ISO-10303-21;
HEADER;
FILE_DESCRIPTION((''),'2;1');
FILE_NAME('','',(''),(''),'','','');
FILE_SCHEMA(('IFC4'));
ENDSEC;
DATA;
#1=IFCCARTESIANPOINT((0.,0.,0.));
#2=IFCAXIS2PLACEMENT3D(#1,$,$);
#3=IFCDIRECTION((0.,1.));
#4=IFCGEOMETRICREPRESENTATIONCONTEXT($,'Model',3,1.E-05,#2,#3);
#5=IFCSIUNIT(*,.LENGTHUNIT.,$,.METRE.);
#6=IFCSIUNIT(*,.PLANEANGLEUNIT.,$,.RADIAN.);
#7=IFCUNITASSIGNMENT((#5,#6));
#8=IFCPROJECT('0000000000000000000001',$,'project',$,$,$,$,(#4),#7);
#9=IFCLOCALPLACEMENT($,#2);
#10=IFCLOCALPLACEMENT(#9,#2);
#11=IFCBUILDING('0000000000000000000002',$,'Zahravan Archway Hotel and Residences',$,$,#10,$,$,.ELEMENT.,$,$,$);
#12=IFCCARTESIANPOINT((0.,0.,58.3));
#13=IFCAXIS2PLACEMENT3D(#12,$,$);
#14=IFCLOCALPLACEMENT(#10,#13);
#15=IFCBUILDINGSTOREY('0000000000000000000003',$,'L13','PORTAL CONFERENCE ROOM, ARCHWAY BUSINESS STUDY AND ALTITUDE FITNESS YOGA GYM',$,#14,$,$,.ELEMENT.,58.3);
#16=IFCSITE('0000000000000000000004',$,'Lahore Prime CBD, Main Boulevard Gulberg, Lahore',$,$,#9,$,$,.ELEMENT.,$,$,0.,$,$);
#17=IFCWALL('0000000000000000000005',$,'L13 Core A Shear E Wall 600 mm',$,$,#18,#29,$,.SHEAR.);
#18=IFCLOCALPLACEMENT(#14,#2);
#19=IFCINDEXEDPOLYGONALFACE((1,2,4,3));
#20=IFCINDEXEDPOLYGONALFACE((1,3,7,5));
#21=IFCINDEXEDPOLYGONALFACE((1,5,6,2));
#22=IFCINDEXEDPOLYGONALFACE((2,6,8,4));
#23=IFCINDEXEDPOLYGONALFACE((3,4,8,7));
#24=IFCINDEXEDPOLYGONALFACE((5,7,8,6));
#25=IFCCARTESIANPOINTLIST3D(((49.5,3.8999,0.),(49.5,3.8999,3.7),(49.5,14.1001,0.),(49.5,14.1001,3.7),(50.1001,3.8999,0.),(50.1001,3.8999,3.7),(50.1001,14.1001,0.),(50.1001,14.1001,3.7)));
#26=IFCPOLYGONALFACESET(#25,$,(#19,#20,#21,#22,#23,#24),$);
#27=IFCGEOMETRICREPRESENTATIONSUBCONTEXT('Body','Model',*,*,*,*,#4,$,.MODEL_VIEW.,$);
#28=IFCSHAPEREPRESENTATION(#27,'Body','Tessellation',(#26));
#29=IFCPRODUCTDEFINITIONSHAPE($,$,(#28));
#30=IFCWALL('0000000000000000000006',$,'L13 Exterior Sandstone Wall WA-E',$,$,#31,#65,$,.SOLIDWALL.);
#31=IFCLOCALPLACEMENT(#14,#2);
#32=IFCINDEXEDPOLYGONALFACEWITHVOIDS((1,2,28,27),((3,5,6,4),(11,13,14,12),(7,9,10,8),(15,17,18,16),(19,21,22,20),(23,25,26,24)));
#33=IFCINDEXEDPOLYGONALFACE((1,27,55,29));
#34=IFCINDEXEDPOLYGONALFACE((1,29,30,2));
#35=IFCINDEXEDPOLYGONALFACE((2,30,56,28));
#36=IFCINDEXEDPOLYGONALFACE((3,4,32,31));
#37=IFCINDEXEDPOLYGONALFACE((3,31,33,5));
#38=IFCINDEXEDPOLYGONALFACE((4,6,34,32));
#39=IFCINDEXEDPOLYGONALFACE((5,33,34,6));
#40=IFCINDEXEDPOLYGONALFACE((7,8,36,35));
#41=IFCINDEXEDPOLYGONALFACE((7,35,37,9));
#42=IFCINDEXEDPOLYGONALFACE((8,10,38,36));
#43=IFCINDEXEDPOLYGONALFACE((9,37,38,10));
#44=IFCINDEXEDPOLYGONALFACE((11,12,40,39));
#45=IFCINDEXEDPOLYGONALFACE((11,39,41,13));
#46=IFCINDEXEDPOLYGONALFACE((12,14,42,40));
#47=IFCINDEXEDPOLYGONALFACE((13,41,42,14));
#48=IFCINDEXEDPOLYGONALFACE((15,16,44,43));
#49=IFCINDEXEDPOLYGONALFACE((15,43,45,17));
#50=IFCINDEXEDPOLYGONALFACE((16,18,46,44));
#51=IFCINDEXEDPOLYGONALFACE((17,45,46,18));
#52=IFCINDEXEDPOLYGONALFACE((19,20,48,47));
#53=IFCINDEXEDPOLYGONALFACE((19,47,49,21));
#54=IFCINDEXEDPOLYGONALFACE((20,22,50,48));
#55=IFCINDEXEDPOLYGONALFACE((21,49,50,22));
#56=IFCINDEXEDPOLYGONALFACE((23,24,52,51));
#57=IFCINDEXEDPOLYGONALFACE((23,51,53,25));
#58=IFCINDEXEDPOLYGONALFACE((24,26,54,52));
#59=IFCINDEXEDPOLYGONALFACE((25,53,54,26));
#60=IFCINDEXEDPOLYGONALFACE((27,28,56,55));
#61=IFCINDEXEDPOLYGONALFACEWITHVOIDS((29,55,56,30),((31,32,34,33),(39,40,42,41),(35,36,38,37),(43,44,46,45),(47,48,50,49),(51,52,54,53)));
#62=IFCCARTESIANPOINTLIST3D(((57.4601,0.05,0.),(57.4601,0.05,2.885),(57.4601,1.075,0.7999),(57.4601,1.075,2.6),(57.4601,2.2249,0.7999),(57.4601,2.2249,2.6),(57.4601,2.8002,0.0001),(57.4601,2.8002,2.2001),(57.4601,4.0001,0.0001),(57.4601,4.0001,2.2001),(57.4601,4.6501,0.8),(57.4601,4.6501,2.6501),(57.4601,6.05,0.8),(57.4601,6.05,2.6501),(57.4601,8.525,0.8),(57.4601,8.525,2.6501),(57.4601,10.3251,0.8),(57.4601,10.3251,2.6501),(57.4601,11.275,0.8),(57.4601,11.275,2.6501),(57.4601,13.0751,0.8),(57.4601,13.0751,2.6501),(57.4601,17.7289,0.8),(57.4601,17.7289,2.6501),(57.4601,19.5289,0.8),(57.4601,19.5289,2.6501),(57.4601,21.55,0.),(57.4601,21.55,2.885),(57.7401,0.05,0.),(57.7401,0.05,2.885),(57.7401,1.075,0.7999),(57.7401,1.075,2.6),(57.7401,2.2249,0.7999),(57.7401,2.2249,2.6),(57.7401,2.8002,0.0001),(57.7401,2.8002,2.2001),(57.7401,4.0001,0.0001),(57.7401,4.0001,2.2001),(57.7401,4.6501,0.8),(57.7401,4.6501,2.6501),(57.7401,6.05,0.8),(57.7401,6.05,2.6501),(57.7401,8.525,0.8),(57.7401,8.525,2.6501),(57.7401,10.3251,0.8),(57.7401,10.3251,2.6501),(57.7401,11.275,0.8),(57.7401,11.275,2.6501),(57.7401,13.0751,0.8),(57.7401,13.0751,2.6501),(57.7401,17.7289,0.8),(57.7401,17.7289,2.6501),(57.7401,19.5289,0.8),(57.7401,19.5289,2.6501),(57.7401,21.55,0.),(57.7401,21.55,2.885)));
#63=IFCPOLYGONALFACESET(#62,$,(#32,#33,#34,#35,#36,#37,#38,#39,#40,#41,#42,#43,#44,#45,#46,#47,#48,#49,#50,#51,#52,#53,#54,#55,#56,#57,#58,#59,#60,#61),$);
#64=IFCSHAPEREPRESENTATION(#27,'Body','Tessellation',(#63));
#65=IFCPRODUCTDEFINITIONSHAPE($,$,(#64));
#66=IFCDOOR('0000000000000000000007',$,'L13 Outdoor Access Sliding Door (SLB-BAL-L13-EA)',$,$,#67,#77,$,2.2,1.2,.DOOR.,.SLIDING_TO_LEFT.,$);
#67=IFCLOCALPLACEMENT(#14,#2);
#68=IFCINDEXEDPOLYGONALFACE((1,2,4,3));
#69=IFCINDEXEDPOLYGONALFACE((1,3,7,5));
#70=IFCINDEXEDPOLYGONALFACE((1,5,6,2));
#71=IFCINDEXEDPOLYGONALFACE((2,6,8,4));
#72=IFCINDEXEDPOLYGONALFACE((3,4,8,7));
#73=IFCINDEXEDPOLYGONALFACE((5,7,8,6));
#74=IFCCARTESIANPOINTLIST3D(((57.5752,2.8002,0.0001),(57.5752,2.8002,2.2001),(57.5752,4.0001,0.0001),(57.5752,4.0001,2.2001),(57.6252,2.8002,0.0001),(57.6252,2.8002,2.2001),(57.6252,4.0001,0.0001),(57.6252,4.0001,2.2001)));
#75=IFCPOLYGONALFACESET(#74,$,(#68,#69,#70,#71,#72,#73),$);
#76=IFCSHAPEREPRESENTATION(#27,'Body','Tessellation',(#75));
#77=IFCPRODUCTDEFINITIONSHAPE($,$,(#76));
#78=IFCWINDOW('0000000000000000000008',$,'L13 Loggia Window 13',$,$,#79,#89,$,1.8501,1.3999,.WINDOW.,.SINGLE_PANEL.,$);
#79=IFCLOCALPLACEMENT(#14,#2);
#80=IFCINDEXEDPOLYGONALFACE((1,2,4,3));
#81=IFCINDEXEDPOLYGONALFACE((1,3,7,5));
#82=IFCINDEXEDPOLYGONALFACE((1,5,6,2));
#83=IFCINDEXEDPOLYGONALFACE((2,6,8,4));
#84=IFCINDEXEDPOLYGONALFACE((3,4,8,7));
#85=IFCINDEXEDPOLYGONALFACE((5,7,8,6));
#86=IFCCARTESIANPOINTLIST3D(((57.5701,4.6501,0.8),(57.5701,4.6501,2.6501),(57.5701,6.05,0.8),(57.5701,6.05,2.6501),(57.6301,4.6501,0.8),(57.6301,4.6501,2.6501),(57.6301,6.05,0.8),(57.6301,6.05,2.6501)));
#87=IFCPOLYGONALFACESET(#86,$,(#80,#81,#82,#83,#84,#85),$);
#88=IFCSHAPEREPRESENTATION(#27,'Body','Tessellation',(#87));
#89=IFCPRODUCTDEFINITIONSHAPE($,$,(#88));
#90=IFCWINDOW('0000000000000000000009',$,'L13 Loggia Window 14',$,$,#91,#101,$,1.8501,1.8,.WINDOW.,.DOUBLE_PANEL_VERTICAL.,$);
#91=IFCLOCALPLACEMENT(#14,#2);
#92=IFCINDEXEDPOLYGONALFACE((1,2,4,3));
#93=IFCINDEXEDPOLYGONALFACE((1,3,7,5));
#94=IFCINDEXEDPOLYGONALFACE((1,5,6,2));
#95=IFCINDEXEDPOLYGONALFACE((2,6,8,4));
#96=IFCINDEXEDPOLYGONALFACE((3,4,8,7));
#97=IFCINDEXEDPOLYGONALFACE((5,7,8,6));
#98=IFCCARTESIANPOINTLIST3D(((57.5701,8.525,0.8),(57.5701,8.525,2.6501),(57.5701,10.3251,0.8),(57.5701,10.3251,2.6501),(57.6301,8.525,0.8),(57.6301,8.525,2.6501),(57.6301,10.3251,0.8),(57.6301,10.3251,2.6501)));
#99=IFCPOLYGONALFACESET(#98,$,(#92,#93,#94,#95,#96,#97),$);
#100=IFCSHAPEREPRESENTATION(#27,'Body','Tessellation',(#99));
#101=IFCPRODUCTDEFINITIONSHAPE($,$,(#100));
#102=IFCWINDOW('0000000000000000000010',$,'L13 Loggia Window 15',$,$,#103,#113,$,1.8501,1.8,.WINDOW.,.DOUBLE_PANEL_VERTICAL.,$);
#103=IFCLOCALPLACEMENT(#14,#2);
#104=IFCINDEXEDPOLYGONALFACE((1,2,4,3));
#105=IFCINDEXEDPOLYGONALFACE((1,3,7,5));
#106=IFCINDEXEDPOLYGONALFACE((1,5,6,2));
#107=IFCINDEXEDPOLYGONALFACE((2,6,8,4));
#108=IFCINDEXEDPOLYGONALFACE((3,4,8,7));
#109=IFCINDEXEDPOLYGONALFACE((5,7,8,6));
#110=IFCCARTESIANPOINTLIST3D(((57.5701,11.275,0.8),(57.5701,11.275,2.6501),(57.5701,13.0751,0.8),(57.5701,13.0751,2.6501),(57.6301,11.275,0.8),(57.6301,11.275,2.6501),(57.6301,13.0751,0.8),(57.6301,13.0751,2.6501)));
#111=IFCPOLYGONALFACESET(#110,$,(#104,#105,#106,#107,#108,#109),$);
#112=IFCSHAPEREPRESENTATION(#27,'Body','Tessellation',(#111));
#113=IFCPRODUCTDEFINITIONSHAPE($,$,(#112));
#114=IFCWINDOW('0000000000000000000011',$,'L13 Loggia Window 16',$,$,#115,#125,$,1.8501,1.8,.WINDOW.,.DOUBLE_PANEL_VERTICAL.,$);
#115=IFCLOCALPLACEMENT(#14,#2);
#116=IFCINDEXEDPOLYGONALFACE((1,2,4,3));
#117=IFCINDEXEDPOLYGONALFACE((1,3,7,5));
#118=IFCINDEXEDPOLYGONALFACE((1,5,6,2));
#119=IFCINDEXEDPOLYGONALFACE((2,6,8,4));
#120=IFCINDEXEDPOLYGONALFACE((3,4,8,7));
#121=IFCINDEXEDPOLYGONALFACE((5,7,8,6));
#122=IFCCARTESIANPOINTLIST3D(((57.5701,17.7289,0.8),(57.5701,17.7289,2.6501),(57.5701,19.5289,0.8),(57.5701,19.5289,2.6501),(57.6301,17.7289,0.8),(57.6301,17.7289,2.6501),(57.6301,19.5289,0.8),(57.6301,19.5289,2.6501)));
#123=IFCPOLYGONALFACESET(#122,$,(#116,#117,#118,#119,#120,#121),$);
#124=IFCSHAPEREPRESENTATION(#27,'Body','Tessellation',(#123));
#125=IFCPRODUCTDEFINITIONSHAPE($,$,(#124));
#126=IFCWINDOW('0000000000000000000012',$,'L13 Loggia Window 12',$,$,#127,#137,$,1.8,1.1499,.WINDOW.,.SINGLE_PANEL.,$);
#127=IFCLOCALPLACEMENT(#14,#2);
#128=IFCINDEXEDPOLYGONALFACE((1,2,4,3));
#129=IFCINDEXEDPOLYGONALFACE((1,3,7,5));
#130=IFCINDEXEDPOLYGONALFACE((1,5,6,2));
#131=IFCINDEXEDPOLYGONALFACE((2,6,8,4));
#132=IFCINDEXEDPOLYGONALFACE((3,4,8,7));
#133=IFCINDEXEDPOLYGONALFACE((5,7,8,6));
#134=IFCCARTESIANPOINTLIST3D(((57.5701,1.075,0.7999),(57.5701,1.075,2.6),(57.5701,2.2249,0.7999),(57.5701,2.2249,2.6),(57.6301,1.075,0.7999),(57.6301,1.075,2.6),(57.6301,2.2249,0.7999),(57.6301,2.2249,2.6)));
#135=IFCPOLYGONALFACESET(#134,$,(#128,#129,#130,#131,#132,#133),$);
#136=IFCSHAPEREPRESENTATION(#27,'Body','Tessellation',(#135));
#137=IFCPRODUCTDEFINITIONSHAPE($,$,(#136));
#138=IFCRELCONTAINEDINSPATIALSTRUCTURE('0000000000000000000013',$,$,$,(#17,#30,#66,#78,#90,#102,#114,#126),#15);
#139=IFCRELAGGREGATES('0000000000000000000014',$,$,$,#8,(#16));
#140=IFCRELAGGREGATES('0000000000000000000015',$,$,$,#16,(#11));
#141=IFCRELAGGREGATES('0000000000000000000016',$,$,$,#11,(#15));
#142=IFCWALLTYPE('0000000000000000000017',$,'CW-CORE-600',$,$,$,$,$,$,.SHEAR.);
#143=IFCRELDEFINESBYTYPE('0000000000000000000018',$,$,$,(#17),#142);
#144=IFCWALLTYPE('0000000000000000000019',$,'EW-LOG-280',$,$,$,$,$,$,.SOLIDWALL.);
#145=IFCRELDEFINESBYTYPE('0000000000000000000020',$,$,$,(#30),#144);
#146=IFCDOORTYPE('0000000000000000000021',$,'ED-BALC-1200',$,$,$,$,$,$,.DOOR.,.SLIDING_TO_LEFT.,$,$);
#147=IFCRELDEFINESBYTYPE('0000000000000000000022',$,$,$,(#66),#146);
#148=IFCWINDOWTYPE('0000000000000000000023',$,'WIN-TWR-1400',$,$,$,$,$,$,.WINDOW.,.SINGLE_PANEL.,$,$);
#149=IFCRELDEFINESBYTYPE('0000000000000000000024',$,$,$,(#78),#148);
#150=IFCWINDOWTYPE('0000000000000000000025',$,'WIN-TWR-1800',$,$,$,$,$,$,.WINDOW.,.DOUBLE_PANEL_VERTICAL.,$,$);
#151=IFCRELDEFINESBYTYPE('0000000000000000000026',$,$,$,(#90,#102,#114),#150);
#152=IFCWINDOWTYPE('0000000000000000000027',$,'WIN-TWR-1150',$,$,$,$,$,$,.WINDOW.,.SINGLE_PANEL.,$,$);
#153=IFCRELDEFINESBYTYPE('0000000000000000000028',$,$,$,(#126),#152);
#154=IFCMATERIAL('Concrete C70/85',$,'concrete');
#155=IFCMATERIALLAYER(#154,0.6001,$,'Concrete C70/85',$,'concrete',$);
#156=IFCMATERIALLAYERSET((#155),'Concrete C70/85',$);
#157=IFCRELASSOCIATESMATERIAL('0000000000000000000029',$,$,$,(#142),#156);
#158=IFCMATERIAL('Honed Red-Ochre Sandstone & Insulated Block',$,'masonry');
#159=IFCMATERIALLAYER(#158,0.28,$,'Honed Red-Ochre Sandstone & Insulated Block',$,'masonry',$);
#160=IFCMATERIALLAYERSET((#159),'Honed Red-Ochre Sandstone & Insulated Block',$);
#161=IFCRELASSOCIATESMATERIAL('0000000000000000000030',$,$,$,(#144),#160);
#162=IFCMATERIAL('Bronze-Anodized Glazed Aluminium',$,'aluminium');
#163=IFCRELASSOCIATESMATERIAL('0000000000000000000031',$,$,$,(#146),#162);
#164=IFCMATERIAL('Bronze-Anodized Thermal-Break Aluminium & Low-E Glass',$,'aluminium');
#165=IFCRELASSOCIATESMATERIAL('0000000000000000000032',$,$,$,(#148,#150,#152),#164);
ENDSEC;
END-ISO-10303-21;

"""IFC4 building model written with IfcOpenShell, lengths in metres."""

from ifc_helpers import new_model, si_unit, direction, frame, frame_2d, origin, place, context, subcontext, project, spatial, rectangle, extrude, source, transform, mapped, material, layer, layer_set, type_object, type_shapes, element, fill, save


model = new_model("IFC4")

# Units and contexts
model_context = context("Model", 3, precision=1e-05, world=origin(), true_north=direction((0.0, 1.0)))
body_context = subcontext(model_context, "Body", "Model", "MODEL_VIEW")
ifc_project = project(units=[si_unit("LENGTHUNIT", "METRE"), si_unit("PLANEANGLEUNIT", "RADIAN")], contexts=[model_context])

# Site, building, storey
site_placement = place(None, origin())
site = spatial("IfcSite", under=ifc_project, at=site_placement, Name="Lahore Prime CBD, Main Boulevard Gulberg, Lahore", CompositionType="ELEMENT", RefElevation=0.0)
building_placement = place(site_placement, origin())
building = spatial("IfcBuilding", under=site, at=building_placement, Name="Zahravan Archway Hotel and Residences", CompositionType="ELEMENT")
storey_placement = place(building_placement, frame((0.0, 0.0, 58.3)))
storey = spatial("IfcBuildingStorey", under=building, at=storey_placement, Name="L13", Description="PORTAL CONFERENCE ROOM, ARCHWAY BUSINESS STUDY AND ALTITUDE FITNESS YOGA GYM", CompositionType="ELEMENT", Elevation=58.3)

# Shared definitions
ifc_material_1 = material(Name="Concrete C70/85", Category="concrete")

# Wall
ifc_layer_1 = layer(ifc_material_1, 0.6001, Name="Concrete C70/85", Category="concrete")
ifc_layer_set_1 = layer_set([ifc_layer_1], Name="Concrete C70/85")
wall_type_1 = type_object("IfcWallType", Name="CW-CORE-600", PredefinedType="SHEAR", material=ifc_layer_set_1)
wall_1_placement = place(storey_placement, frame((49.8, 3.8999, 0.0), z_axis=(0.0, 0.0, 1.0), x_axis=(0.0, 1.0, 0.0)))
element("IfcWall", 1, at=wall_1_placement, inside=storey, type_object=wall_type_1, Name="L13 Core A Shear E Wall 600 mm", PredefinedType="SHEAR", context=body_context, shape_type="SweptSolid", body=[
    extrude(rectangle(XDim=10.2002, YDim=0.6001, at=frame_2d((5.1001, 0.0))), origin(), (0.0, 0.0, 1.0), 3.7),
])

# Wall, openings, door, windows
ifc_material_2 = material(Name="Honed Red-Ochre Sandstone & Insulated Block", Category="masonry")
ifc_layer_2 = layer(ifc_material_2, 0.28, Name="Honed Red-Ochre Sandstone & Insulated Block", Category="masonry")
ifc_layer_set_2 = layer_set([ifc_layer_2], Name="Honed Red-Ochre Sandstone & Insulated Block")
wall_type_2 = type_object("IfcWallType", Name="EW-LOG-280", PredefinedType="SOLIDWALL", material=ifc_layer_set_2)
wall_2_placement = place(storey_placement, frame((57.6001, 0.05, 0.0), z_axis=(0.0, 0.0, 1.0), x_axis=(0.0, 1.0, 0.0)))
wall_2 = element("IfcWall", 2, at=wall_2_placement, inside=storey, type_object=wall_type_2, Name="L13 Exterior Sandstone Wall WA-E", PredefinedType="SOLIDWALL", context=body_context, shape_type="SweptSolid", body=[
    extrude(rectangle(XDim=21.5, YDim=0.28, at=frame_2d((10.75, 0.0))), origin(), (0.0, 0.0, 1.0), 2.885),
])
opening_1_placement = place(wall_2_placement, frame((2.75, 0.0, 0.0)))
opening_1 = element("IfcOpeningElement", 3, at=opening_1_placement, cuts=wall_2, PredefinedType="OPENING", context=body_context, shape_type="SweptSolid", body=[
    extrude(rectangle(XDim=1.2, YDim=2.2, at=frame_2d((0.6001, 1.1001))), frame((0.0, 0.1499, 0.0), z_axis=(0.0, -1.0, 0.0), x_axis=(1.0, 0.0, 0.0)), (0.0, 0.0, 1.0), 0.3),
])
opening_2_placement = place(wall_2_placement, frame((1.0249, 0.0, 0.8)))
opening_2 = element("IfcOpeningElement", 4, at=opening_2_placement, cuts=wall_2, PredefinedType="OPENING", context=body_context, shape_type="SweptSolid", body=[
    extrude(rectangle(XDim=1.1499, YDim=1.8, at=frame_2d((0.575, 0.8999))), frame((0.0, 0.1499, 0.0), z_axis=(0.0, -1.0, 0.0), x_axis=(1.0, 0.0, 0.0)), (0.0, 0.0, 1.0), 0.3),
])
opening_3_placement = place(wall_2_placement, frame((4.6001, 0.0, 0.8)))
opening_3 = element("IfcOpeningElement", 5, at=opening_3_placement, cuts=wall_2, PredefinedType="OPENING", context=body_context, shape_type="SweptSolid", body=[
    extrude(rectangle(XDim=1.3999, YDim=1.8501, at=frame_2d((0.7, 0.925))), frame((0.0, 0.1499, 0.0), z_axis=(0.0, -1.0, 0.0), x_axis=(1.0, 0.0, 0.0)), (0.0, 0.0, 1.0), 0.3),
])
opening_4_placement = place(wall_2_placement, frame((8.4751, 0.0, 0.8)))
opening_4 = element("IfcOpeningElement", 6, at=opening_4_placement, cuts=wall_2, PredefinedType="OPENING", context=body_context, shape_type="SweptSolid", body=[
    extrude(rectangle(XDim=1.8, YDim=1.8501, at=frame_2d((0.8999, 0.925))), frame((0.0, 0.1499, 0.0), z_axis=(0.0, -1.0, 0.0), x_axis=(1.0, 0.0, 0.0)), (0.0, 0.0, 1.0), 0.3),
])
opening_5_placement = place(wall_2_placement, frame((11.2251, 0.0, 0.8)))
opening_5 = element("IfcOpeningElement", 7, at=opening_5_placement, cuts=wall_2, PredefinedType="OPENING", context=body_context, shape_type="SweptSolid", body=[
    extrude(rectangle(XDim=1.8, YDim=1.8501, at=frame_2d((0.8999, 0.925))), frame((0.0, 0.1499, 0.0), z_axis=(0.0, -1.0, 0.0), x_axis=(1.0, 0.0, 0.0)), (0.0, 0.0, 1.0), 0.3),
])
opening_6_placement = place(wall_2_placement, frame((17.679, 0.0, 0.8)))
opening_6 = element("IfcOpeningElement", 8, at=opening_6_placement, cuts=wall_2, PredefinedType="OPENING", context=body_context, shape_type="SweptSolid", body=[
    extrude(rectangle(XDim=1.8, YDim=1.8501, at=frame_2d((0.8999, 0.925))), frame((0.0, 0.1499, 0.0), z_axis=(0.0, -1.0, 0.0), x_axis=(1.0, 0.0, 0.0)), (0.0, 0.0, 1.0), 0.3),
])
ifc_material_3 = material(Name="Bronze-Anodized Glazed Aluminium", Category="aluminium")
door_type_1 = type_object("IfcDoorType", Name="ED-BALC-1200", OperationType="SLIDING_TO_LEFT", PredefinedType="DOOR", material=ifc_material_3)
shared_shape_1 = source(origin(), body_context, "Body", "SweptSolid", [
    extrude(rectangle(XDim=1.2, YDim=2.2, at=frame_2d((0.6001, 1.1001))), frame((0.0, 0.0249, 0.0), z_axis=(0.0, -1.0, 0.0), x_axis=(1.0, 0.0, 0.0)), (0.0, 0.0, 1.0), 0.05),
])
type_shapes(door_type_1, [shared_shape_1])
door_1_placement = place(opening_1_placement, origin())
door_1 = element("IfcDoor", 9, at=door_1_placement, inside=storey, type_object=door_type_1, Name="L13 Outdoor Access Sliding Door (SLB-BAL-L13-EA)", OperationType="SLIDING_TO_LEFT", OverallHeight=2.2, OverallWidth=1.2, PredefinedType="DOOR", context=body_context, shape_type="MappedRepresentation", body=[
    mapped(shared_shape_1, transform((0.0, 0.0, 0.0), scale=1.0)),
])
fill(opening_1, door_1)
ifc_material_4 = material(Name="Bronze-Anodized Thermal-Break Aluminium & Low-E Glass", Category="aluminium")
window_type_1 = type_object("IfcWindowType", Name="WIN-TWR-1400", PartitioningType="SINGLE_PANEL", PredefinedType="WINDOW", material=ifc_material_4)
shared_shape_2 = source(origin(), body_context, "Body", "SweptSolid", [
    extrude(rectangle(XDim=1.3999, YDim=1.8501, at=frame_2d((0.7, 0.925))), frame((0.0, 0.03, 0.0), z_axis=(0.0, -1.0, 0.0), x_axis=(1.0, 0.0, 0.0)), (0.0, 0.0, 1.0), 0.0601),
])
type_shapes(window_type_1, [shared_shape_2])
window_1_placement = place(opening_3_placement, origin())
window_1 = element("IfcWindow", 10, at=window_1_placement, inside=storey, type_object=window_type_1, Name="L13 Loggia Window 13", OverallHeight=1.8501, OverallWidth=1.3999, PartitioningType="SINGLE_PANEL", PredefinedType="WINDOW", context=body_context, shape_type="MappedRepresentation", body=[
    mapped(shared_shape_2, transform((0.0, 0.0, 0.0), scale=1.0)),
])
fill(opening_3, window_1)
window_type_2 = type_object("IfcWindowType", Name="WIN-TWR-1800", PartitioningType="DOUBLE_PANEL_VERTICAL", PredefinedType="WINDOW", material=ifc_material_4)
shared_shape_3 = source(origin(), body_context, "Body", "SweptSolid", [
    extrude(rectangle(XDim=1.8, YDim=1.8501, at=frame_2d((0.8999, 0.925))), frame((0.0, 0.03, 0.0), z_axis=(0.0, -1.0, 0.0), x_axis=(1.0, 0.0, 0.0)), (0.0, 0.0, 1.0), 0.0601),
])
type_shapes(window_type_2, [shared_shape_3])
window_2_placement = place(opening_4_placement, origin())
window_2 = element("IfcWindow", 11, at=window_2_placement, inside=storey, type_object=window_type_2, Name="L13 Loggia Window 14", OverallHeight=1.8501, OverallWidth=1.8, PartitioningType="DOUBLE_PANEL_VERTICAL", PredefinedType="WINDOW", context=body_context, shape_type="MappedRepresentation", body=[
    mapped(shared_shape_3, transform((0.0, 0.0, 0.0), scale=1.0)),
])
fill(opening_4, window_2)
window_3_placement = place(opening_5_placement, origin())
window_3 = element("IfcWindow", 12, at=window_3_placement, inside=storey, type_object=window_type_2, Name="L13 Loggia Window 15", OverallHeight=1.8501, OverallWidth=1.8, PartitioningType="DOUBLE_PANEL_VERTICAL", PredefinedType="WINDOW", context=body_context, shape_type="MappedRepresentation", body=[
    mapped(shared_shape_3, transform((0.0, 0.0, 0.0), scale=1.0)),
])
fill(opening_5, window_3)
window_4_placement = place(opening_6_placement, origin())
window_4 = element("IfcWindow", 13, at=window_4_placement, inside=storey, type_object=window_type_2, Name="L13 Loggia Window 16", OverallHeight=1.8501, OverallWidth=1.8, PartitioningType="DOUBLE_PANEL_VERTICAL", PredefinedType="WINDOW", context=body_context, shape_type="MappedRepresentation", body=[
    mapped(shared_shape_3, transform((0.0, 0.0, 0.0), scale=1.0)),
])
fill(opening_6, window_4)
window_type_3 = type_object("IfcWindowType", Name="WIN-TWR-1150", PartitioningType="SINGLE_PANEL", PredefinedType="WINDOW", material=ifc_material_4)
shared_shape_4 = source(origin(), body_context, "Body", "SweptSolid", [
    extrude(rectangle(XDim=1.1499, YDim=1.8, at=frame_2d((0.575, 0.8999))), frame((0.0, 0.03, 0.0), z_axis=(0.0, -1.0, 0.0), x_axis=(1.0, 0.0, 0.0)), (0.0, 0.0, 1.0), 0.0601),
])
type_shapes(window_type_3, [shared_shape_4])
window_5_placement = place(opening_2_placement, origin())
window_5 = element("IfcWindow", 14, at=window_5_placement, inside=storey, type_object=window_type_3, Name="L13 Loggia Window 12", OverallHeight=1.8, OverallWidth=1.1499, PartitioningType="SINGLE_PANEL", PredefinedType="WINDOW", context=body_context, shape_type="MappedRepresentation", body=[
    mapped(shared_shape_4, transform((0.0, 0.0, 0.0), scale=1.0)),
])
fill(opening_2, window_5)

save(model, "model.ifc")
